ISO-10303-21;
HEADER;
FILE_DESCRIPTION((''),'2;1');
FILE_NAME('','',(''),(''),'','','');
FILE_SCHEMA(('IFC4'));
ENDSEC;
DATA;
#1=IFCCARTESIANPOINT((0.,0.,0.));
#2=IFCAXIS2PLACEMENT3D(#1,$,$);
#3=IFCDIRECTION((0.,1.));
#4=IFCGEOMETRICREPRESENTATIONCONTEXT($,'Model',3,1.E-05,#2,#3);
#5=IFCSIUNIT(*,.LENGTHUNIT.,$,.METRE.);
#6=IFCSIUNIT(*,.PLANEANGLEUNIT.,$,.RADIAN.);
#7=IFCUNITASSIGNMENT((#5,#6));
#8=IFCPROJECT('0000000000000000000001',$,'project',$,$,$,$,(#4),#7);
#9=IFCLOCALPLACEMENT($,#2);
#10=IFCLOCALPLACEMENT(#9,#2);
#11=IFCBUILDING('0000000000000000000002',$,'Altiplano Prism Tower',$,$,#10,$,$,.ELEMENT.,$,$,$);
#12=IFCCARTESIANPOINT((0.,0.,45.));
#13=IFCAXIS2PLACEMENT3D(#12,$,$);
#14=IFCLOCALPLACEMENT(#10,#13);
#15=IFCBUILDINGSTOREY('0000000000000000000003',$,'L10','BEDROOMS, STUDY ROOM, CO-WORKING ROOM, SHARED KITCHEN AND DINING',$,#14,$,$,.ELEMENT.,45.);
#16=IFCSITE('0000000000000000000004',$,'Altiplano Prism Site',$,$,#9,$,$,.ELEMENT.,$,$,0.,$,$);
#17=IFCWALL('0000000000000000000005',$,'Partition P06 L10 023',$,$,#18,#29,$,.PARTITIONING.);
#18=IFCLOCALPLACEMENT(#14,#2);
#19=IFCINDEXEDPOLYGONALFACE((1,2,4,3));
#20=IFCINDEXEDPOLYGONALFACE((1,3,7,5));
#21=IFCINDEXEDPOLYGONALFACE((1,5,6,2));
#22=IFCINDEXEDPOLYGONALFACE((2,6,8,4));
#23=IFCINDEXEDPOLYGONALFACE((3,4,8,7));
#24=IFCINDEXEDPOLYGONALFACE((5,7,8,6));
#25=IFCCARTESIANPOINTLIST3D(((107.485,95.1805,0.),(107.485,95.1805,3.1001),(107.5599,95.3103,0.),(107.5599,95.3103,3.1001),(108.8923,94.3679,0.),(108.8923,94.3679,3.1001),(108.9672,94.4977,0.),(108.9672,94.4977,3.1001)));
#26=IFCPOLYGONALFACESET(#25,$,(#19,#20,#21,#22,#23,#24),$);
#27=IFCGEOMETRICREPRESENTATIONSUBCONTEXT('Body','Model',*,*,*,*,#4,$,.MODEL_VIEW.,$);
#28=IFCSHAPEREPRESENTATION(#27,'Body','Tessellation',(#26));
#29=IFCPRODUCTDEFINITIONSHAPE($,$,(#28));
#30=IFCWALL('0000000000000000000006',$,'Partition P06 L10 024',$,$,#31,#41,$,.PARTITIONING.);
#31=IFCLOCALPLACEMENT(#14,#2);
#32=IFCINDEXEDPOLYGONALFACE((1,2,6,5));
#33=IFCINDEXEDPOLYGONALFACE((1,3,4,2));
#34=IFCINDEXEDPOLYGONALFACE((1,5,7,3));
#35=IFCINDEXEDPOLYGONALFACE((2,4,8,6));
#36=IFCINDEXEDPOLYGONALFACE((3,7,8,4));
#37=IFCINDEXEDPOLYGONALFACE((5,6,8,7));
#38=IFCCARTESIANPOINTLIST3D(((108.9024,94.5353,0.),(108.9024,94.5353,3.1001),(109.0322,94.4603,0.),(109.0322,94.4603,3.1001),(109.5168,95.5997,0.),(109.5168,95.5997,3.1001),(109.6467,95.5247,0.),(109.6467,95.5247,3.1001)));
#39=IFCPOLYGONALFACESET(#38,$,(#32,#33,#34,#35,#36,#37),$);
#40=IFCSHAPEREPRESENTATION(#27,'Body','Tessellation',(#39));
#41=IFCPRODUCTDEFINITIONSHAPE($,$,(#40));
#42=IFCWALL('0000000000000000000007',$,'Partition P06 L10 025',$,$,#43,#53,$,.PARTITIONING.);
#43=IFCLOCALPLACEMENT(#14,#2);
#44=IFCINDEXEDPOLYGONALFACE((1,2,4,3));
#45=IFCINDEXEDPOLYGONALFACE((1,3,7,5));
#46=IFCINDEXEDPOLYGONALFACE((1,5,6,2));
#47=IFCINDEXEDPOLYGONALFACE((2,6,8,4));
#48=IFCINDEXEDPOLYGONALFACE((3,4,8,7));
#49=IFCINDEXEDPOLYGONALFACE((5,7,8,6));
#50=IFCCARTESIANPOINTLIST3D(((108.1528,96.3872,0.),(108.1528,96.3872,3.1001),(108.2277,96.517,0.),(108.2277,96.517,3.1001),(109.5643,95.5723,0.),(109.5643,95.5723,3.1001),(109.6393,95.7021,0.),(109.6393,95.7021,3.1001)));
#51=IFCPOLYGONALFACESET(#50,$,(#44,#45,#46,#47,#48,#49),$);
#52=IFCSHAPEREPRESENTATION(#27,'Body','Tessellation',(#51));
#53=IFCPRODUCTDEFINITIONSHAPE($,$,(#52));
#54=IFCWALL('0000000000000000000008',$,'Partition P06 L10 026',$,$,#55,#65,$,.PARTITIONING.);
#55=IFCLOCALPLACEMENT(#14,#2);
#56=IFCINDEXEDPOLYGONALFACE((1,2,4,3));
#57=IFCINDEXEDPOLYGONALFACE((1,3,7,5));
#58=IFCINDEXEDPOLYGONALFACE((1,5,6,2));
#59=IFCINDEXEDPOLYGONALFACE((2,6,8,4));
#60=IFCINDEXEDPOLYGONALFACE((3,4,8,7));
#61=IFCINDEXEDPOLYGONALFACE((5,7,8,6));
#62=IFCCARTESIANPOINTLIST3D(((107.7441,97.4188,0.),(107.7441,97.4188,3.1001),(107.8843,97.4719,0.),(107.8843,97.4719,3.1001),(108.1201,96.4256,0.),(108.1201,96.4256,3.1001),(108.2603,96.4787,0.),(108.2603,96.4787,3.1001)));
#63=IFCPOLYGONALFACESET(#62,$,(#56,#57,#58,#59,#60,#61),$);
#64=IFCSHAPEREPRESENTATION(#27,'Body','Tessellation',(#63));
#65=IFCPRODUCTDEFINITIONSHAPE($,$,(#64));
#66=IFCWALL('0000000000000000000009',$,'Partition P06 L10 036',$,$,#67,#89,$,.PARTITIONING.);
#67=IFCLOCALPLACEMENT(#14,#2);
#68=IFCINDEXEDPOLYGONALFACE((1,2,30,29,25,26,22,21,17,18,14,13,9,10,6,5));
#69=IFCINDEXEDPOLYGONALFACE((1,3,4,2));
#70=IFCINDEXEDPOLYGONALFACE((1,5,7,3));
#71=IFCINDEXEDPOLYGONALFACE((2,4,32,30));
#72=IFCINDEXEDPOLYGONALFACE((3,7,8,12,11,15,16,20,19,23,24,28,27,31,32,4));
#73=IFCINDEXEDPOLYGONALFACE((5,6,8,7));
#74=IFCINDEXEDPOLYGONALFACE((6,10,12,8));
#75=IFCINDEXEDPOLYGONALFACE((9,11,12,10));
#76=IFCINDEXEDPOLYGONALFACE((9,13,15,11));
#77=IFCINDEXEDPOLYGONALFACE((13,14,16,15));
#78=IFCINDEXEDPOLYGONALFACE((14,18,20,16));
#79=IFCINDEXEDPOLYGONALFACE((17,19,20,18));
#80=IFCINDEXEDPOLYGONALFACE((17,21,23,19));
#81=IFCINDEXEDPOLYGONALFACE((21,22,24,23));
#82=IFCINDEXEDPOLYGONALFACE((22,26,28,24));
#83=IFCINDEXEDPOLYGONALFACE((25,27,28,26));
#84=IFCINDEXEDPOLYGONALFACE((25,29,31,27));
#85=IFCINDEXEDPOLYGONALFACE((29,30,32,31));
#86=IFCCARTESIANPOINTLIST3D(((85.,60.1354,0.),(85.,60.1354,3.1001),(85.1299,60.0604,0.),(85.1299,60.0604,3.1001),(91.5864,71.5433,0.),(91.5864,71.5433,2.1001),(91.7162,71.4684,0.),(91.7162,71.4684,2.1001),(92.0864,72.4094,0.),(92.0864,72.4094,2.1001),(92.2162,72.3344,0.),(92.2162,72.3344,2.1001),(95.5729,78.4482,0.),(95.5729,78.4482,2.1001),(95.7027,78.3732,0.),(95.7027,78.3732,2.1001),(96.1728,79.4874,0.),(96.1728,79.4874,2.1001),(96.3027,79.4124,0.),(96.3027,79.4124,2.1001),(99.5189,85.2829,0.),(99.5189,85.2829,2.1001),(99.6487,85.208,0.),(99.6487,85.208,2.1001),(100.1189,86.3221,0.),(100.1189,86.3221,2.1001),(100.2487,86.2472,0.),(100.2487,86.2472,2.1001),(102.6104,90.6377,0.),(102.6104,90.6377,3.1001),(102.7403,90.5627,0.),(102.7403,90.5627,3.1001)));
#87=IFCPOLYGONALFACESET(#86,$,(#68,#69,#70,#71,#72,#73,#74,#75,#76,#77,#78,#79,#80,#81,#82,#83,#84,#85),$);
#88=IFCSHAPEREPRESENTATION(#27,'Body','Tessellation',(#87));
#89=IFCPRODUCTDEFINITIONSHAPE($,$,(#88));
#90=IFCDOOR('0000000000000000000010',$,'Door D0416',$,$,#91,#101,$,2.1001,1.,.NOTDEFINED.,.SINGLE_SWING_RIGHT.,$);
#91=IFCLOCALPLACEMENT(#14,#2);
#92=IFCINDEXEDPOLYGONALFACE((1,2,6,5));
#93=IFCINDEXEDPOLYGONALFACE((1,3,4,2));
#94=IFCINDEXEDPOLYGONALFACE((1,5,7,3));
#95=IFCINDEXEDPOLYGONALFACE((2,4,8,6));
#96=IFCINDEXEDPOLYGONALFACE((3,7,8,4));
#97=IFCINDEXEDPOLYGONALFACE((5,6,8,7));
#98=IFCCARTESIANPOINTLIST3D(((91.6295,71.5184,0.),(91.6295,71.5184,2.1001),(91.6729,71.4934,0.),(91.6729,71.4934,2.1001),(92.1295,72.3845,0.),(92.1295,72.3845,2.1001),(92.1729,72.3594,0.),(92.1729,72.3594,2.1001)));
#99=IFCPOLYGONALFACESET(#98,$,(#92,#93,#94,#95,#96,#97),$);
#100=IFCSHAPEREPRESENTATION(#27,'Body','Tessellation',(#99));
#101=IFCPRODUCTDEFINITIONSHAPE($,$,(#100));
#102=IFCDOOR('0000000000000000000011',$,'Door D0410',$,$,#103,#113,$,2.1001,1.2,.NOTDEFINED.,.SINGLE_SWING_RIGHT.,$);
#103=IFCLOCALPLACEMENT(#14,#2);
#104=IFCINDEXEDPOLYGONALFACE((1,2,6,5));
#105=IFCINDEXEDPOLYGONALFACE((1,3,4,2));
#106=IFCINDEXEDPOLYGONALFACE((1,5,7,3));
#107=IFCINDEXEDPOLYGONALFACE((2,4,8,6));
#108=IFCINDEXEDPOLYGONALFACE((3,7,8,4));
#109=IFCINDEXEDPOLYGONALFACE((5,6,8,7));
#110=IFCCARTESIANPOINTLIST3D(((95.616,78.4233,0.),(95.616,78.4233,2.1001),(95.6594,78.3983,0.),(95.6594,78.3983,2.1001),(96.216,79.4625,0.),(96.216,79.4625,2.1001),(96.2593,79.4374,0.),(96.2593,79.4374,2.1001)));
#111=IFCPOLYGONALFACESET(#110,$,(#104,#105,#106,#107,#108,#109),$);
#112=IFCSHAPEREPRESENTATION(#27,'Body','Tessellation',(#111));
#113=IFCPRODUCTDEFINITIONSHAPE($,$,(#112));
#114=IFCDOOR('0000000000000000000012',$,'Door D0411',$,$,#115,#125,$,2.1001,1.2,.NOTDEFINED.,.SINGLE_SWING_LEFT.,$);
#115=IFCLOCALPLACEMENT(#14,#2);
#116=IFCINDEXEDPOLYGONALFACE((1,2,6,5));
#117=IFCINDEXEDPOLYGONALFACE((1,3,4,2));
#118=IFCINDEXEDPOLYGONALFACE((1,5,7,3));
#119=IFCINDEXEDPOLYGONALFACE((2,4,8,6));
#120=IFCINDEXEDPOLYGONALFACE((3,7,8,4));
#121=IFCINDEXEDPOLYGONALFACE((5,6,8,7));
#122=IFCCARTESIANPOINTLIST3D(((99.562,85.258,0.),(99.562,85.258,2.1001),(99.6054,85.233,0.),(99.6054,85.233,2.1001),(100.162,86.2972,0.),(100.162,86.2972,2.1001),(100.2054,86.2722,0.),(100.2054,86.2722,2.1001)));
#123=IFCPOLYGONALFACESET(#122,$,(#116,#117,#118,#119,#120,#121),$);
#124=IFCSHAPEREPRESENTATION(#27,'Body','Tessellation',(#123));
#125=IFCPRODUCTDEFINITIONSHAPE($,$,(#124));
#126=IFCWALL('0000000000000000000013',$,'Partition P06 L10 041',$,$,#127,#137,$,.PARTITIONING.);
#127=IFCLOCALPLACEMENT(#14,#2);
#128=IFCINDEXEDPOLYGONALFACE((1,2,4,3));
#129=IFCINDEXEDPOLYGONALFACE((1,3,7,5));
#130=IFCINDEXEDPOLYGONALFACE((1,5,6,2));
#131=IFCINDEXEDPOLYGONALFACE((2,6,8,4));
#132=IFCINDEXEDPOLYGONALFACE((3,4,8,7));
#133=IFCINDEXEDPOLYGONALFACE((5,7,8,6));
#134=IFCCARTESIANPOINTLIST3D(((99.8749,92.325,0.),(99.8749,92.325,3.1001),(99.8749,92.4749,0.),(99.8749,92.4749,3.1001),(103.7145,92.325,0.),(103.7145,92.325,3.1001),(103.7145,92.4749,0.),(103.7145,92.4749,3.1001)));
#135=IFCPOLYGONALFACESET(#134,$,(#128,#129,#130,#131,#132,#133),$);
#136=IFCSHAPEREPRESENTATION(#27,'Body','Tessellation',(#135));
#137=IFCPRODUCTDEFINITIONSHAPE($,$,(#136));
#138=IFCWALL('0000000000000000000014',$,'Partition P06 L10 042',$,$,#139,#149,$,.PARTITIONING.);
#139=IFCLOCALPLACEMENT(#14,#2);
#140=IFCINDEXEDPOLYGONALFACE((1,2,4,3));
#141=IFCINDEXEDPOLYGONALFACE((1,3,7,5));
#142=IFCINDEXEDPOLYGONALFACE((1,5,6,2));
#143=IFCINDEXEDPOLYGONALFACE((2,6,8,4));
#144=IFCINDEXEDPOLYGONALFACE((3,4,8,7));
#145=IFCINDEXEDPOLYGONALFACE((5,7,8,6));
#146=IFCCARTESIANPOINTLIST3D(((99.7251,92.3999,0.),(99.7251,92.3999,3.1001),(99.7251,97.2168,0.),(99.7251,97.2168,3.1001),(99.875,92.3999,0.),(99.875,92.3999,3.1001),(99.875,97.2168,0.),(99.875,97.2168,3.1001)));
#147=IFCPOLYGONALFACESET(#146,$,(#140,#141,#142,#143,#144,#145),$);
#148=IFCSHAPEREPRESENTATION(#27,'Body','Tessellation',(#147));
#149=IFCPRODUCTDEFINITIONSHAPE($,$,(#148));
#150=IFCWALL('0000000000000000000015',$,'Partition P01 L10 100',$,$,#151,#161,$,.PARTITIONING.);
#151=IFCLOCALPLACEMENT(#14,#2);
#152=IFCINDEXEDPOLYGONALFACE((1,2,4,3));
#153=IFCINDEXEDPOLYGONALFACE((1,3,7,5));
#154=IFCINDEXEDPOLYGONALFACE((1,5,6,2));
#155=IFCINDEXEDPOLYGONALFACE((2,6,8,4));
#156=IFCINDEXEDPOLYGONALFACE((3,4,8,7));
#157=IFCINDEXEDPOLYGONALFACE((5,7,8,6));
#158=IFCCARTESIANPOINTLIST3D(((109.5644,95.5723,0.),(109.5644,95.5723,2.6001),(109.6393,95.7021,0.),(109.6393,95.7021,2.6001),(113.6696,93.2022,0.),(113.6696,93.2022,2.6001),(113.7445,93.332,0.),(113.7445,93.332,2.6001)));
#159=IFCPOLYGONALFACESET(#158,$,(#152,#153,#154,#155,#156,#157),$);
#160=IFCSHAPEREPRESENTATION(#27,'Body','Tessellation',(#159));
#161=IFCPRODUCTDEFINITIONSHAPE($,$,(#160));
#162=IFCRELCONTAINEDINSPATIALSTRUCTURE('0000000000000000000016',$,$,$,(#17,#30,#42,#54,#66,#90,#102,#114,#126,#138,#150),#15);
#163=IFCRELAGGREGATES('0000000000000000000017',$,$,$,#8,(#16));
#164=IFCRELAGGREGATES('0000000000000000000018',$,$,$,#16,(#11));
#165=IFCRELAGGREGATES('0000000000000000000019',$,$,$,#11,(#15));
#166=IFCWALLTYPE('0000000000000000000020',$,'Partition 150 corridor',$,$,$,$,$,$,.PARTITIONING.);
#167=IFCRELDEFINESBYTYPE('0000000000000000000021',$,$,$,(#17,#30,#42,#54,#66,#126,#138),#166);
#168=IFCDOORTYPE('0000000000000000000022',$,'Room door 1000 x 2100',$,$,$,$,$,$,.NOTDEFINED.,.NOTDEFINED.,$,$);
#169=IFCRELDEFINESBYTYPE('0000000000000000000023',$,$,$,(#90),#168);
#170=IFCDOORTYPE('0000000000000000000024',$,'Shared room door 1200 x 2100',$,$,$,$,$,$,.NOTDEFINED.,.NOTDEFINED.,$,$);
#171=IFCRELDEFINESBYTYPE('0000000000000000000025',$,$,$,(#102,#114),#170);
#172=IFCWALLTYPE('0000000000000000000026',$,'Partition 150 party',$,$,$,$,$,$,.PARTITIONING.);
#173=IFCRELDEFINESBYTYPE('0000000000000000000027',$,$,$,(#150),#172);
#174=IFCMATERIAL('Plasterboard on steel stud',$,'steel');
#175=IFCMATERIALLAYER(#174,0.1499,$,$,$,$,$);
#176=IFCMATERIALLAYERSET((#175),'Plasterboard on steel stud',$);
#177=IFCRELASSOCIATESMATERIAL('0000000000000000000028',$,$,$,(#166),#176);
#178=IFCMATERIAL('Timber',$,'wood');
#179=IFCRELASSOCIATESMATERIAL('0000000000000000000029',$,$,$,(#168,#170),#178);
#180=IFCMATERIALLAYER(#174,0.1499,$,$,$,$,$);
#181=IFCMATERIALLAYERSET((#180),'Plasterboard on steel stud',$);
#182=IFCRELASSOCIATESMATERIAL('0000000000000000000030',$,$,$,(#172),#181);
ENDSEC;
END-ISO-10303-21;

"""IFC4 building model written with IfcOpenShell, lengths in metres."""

from ifc_helpers import new_model, si_unit, direction, frame, frame_2d, origin, place, context, subcontext, project, spatial, rectangle, extrude, material, layer, layer_set, type_object, element, fill, save


model = new_model("IFC4")

# Units and contexts
model_context = context("Model", 3, precision=1e-05, world=origin(), true_north=direction((0.0, 1.0)))
body_context = subcontext(model_context, "Body", "Model", "MODEL_VIEW")
ifc_project = project(units=[si_unit("LENGTHUNIT", "METRE"), si_unit("PLANEANGLEUNIT", "RADIAN")], contexts=[model_context])

# Site, building, storey
site_placement = place(None, origin())
site = spatial("IfcSite", under=ifc_project, at=site_placement, Name="Altiplano Prism Site", CompositionType="ELEMENT", RefElevation=0.0)
building_placement = place(site_placement, origin())
building = spatial("IfcBuilding", under=site, at=building_placement, Name="Altiplano Prism Tower", CompositionType="ELEMENT")
storey_placement = place(building_placement, frame((0.0, 0.0, 45.0)))
storey = spatial("IfcBuildingStorey", under=building, at=storey_placement, Name="L10", Description="BEDROOMS, STUDY ROOM, CO-WORKING ROOM, SHARED KITCHEN AND DINING", CompositionType="ELEMENT", Elevation=45.0)

# Walls
ifc_material_1 = material(Name="Plasterboard on steel stud", Category="steel")
ifc_layer_1 = layer(ifc_material_1, 0.1499)
ifc_layer_set_1 = layer_set([ifc_layer_1], Name="Plasterboard on steel stud")
wall_type_1 = type_object("IfcWallType", Name="Partition 150 corridor", PredefinedType="PARTITIONING", material=ifc_layer_set_1)
wall_1_placement = place(storey_placement, frame((107.5225, 95.2454, 0.0), z_axis=(0.0, 0.0, 1.0), x_axis=(0.866015, -0.500017, 0.0)))
element("IfcWall", 1, at=wall_1_placement, inside=storey, type_object=wall_type_1, Name="Partition P06 L10 023", PredefinedType="PARTITIONING", context=body_context, shape_type="SweptSolid", body=[
    extrude(rectangle(XDim=1.625, YDim=0.1499, at=frame_2d((0.8125, 0.0))), origin(), (0.0, 0.0, 1.0), 3.1001),
])
wall_2_placement = place(storey_placement, frame((108.9673, 94.4978, 0.0), z_axis=(0.0, 0.0, 1.0), x_axis=(0.499963, 0.866047, 0.0)))
element("IfcWall", 2, at=wall_2_placement, inside=storey, type_object=wall_type_1, Name="Partition P06 L10 024", PredefinedType="PARTITIONING", context=body_context, shape_type="SweptSolid", body=[
    extrude(rectangle(XDim=1.229, YDim=0.1499, at=frame_2d((0.6145, 0.0))), origin(), (0.0, 0.0, 1.0), 3.1001),
])
wall_3_placement = place(storey_placement, frame((109.6018, 95.6372, 0.0), z_axis=(0.0, 0.0, 1.0), x_axis=(-0.866041, 0.499973, 0.0)))
element("IfcWall", 3, at=wall_3_placement, inside=storey, type_object=wall_type_1, Name="Partition P06 L10 025", PredefinedType="PARTITIONING", context=body_context, shape_type="SweptSolid", body=[
    extrude(rectangle(XDim=1.6299, YDim=0.1499, at=frame_2d((0.8149, 0.0))), origin(), (0.0, 0.0, 1.0), 3.1001),
])
wall_4_placement = place(storey_placement, frame((108.1902, 96.4521, 0.0), z_axis=(0.0, 0.0, 1.0), x_axis=(-0.354044, 0.935229, 0.0)))
element("IfcWall", 4, at=wall_4_placement, inside=storey, type_object=wall_type_1, Name="Partition P06 L10 026", PredefinedType="PARTITIONING", context=body_context, shape_type="SweptSolid", body=[
    extrude(rectangle(XDim=1.062, YDim=0.1499, at=frame_2d((0.531, 0.0))), origin(), (0.0, 0.0, 1.0), 3.1001),
])

# Wall, openings, doors
wall_5_placement = place(storey_placement, frame((102.6753, 90.6001, 0.0), z_axis=(0.0, 0.0, 1.0), x_axis=(-0.499998, -0.866027, 0.0)))
wall_5 = element("IfcWall", 5, at=wall_5_placement, inside=storey, type_object=wall_type_1, Name="Partition P06 L10 036", PredefinedType="PARTITIONING", context=body_context, shape_type="SweptSolid", body=[
    extrude(rectangle(XDim=35.2209, YDim=0.1499, at=frame_2d((17.6104, 0.0))), origin(), (0.0, 0.0, 1.0), 3.1001),
])
opening_1_placement = place(wall_5_placement, frame((12.875, 0.0, 0.0)))
opening_1 = element("IfcOpeningElement", 6, at=opening_1_placement, cuts=wall_5, PredefinedType="OPENING", context=body_context, shape_type="SweptSolid", body=[
    extrude(rectangle(XDim=1.2, YDim=2.1001, at=frame_2d((0.6001, 1.05))), frame((0.0, 0.0854, 0.0), z_axis=(0.0, -1.0, 0.0), x_axis=(1.0, 0.0, 0.0)), (0.0, 0.0, 1.0), 0.1709),
])
opening_2_placement = place(wall_5_placement, frame((4.9829, 0.0, 0.0)))
opening_2 = element("IfcOpeningElement", 7, at=opening_2_placement, cuts=wall_5, PredefinedType="OPENING", context=body_context, shape_type="SweptSolid", body=[
    extrude(rectangle(XDim=1.2, YDim=2.1001, at=frame_2d((0.6001, 1.05))), frame((0.0, 0.0854, 0.0), z_axis=(0.0, -1.0, 0.0), x_axis=(1.0, 0.0, 0.0)), (0.0, 0.0, 1.0), 0.1709),
])
opening_3_placement = place(wall_5_placement, frame((21.0481, 0.0, 0.0)))
opening_3 = element("IfcOpeningElement", 8, at=opening_3_placement, cuts=wall_5, PredefinedType="OPENING", context=body_context, shape_type="SweptSolid", body=[
    extrude(rectangle(XDim=1.0, YDim=2.1001, at=frame_2d((0.5, 1.05))), frame((0.0, 0.0854, 0.0), z_axis=(0.0, -1.0, 0.0), x_axis=(1.0, 0.0, 0.0)), (0.0, 0.0, 1.0), 0.1709),
])
ifc_material_2 = material(Name="Timber", Category="wood")
door_type_1 = type_object("IfcDoorType", Name="Room door 1000 x 2100", OperationType="NOTDEFINED", PredefinedType="NOTDEFINED", material=ifc_material_2)
door_1_placement = place(opening_3_placement, origin())
door_1 = element("IfcDoor", 9, at=door_1_placement, inside=storey, type_object=door_type_1, Name="Door D0416", OperationType="SINGLE_SWING_RIGHT", OverallHeight=2.1001, OverallWidth=1.0, PredefinedType="NOTDEFINED", context=body_context, shape_type="SweptSolid", body=[
    extrude(rectangle(XDim=1.0, YDim=2.1001, at=frame_2d((0.5, 1.05))), frame((0.0, 0.0249, 0.0), z_axis=(0.0, -1.0, 0.0), x_axis=(1.0, 0.0, 0.0)), (0.0, 0.0, 1.0), 0.05),
])
fill(opening_3, door_1)
door_type_2 = type_object("IfcDoorType", Name="Shared room door 1200 x 2100", OperationType="NOTDEFINED", PredefinedType="NOTDEFINED", material=ifc_material_2)
door_2_placement = place(opening_1_placement, origin())
door_2 = element("IfcDoor", 10, at=door_2_placement, inside=storey, type_object=door_type_2, Name="Door D0410", OperationType="SINGLE_SWING_RIGHT", OverallHeight=2.1001, OverallWidth=1.2, PredefinedType="NOTDEFINED", context=body_context, shape_type="SweptSolid", body=[
    extrude(rectangle(XDim=1.2, YDim=2.1001, at=frame_2d((0.6001, 1.05))), frame((0.0, 0.0249, 0.0), z_axis=(0.0, -1.0, 0.0), x_axis=(1.0, 0.0, 0.0)), (0.0, 0.0, 1.0), 0.05),
])
fill(opening_1, door_2)
door_3_placement = place(opening_2_placement, origin())
door_3 = element("IfcDoor", 11, at=door_3_placement, inside=storey, type_object=door_type_2, Name="Door D0411", OperationType="SINGLE_SWING_LEFT", OverallHeight=2.1001, OverallWidth=1.2, PredefinedType="NOTDEFINED", context=body_context, shape_type="SweptSolid", body=[
    extrude(rectangle(XDim=1.2, YDim=2.1001, at=frame_2d((0.6001, 1.05))), frame((0.0, 0.0249, 0.0), z_axis=(0.0, -1.0, 0.0), x_axis=(1.0, 0.0, 0.0)), (0.0, 0.0, 1.0), 0.05),
])
fill(opening_2, door_3)

# Walls
wall_6_placement = place(storey_placement, frame((103.7146, 92.3999, 0.0), z_axis=(0.0, 0.0, 1.0), x_axis=(-1.0, 0.0, 0.0)))
element("IfcWall", 12, at=wall_6_placement, inside=storey, type_object=wall_type_1, Name="Partition P06 L10 041", PredefinedType="PARTITIONING", context=body_context, shape_type="SweptSolid", body=[
    extrude(rectangle(XDim=3.8396, YDim=0.1499, at=frame_2d((1.9199, 0.0))), origin(), (0.0, 0.0, 1.0), 3.1001),
])
wall_7_placement = place(storey_placement, frame((99.8, 92.3999, 0.0), z_axis=(0.0, 0.0, 1.0), x_axis=(0.0, 1.0, 0.0)))
element("IfcWall", 13, at=wall_7_placement, inside=storey, type_object=wall_type_1, Name="Partition P06 L10 042", PredefinedType="PARTITIONING", context=body_context, shape_type="SweptSolid", body=[
    extrude(rectangle(XDim=4.8169, YDim=0.1499, at=frame_2d((2.4084, 0.0))), origin(), (0.0, 0.0, 1.0), 3.1001),
])
ifc_layer_2 = layer(ifc_material_1, 0.1499)
ifc_layer_set_2 = layer_set([ifc_layer_2], Name="Plasterboard on steel stud")
wall_type_2 = type_object("IfcWallType", Name="Partition 150 party", PredefinedType="PARTITIONING", material=ifc_layer_set_2)
wall_8_placement = place(storey_placement, frame((113.707, 93.2671, 0.0), z_axis=(0.0, 0.0, 1.0), x_axis=(-0.866029, 0.499994, 0.0)))
element("IfcWall", 14, at=wall_8_placement, inside=storey, type_object=wall_type_2, Name="Partition P01 L10 100", PredefinedType="PARTITIONING", context=body_context, shape_type="SweptSolid", body=[
    extrude(rectangle(XDim=4.7402, YDim=0.1499, at=frame_2d((2.3701, 0.0))), origin(), (0.0, 0.0, 1.0), 2.6001),
])

save(model, "model.ifc")
